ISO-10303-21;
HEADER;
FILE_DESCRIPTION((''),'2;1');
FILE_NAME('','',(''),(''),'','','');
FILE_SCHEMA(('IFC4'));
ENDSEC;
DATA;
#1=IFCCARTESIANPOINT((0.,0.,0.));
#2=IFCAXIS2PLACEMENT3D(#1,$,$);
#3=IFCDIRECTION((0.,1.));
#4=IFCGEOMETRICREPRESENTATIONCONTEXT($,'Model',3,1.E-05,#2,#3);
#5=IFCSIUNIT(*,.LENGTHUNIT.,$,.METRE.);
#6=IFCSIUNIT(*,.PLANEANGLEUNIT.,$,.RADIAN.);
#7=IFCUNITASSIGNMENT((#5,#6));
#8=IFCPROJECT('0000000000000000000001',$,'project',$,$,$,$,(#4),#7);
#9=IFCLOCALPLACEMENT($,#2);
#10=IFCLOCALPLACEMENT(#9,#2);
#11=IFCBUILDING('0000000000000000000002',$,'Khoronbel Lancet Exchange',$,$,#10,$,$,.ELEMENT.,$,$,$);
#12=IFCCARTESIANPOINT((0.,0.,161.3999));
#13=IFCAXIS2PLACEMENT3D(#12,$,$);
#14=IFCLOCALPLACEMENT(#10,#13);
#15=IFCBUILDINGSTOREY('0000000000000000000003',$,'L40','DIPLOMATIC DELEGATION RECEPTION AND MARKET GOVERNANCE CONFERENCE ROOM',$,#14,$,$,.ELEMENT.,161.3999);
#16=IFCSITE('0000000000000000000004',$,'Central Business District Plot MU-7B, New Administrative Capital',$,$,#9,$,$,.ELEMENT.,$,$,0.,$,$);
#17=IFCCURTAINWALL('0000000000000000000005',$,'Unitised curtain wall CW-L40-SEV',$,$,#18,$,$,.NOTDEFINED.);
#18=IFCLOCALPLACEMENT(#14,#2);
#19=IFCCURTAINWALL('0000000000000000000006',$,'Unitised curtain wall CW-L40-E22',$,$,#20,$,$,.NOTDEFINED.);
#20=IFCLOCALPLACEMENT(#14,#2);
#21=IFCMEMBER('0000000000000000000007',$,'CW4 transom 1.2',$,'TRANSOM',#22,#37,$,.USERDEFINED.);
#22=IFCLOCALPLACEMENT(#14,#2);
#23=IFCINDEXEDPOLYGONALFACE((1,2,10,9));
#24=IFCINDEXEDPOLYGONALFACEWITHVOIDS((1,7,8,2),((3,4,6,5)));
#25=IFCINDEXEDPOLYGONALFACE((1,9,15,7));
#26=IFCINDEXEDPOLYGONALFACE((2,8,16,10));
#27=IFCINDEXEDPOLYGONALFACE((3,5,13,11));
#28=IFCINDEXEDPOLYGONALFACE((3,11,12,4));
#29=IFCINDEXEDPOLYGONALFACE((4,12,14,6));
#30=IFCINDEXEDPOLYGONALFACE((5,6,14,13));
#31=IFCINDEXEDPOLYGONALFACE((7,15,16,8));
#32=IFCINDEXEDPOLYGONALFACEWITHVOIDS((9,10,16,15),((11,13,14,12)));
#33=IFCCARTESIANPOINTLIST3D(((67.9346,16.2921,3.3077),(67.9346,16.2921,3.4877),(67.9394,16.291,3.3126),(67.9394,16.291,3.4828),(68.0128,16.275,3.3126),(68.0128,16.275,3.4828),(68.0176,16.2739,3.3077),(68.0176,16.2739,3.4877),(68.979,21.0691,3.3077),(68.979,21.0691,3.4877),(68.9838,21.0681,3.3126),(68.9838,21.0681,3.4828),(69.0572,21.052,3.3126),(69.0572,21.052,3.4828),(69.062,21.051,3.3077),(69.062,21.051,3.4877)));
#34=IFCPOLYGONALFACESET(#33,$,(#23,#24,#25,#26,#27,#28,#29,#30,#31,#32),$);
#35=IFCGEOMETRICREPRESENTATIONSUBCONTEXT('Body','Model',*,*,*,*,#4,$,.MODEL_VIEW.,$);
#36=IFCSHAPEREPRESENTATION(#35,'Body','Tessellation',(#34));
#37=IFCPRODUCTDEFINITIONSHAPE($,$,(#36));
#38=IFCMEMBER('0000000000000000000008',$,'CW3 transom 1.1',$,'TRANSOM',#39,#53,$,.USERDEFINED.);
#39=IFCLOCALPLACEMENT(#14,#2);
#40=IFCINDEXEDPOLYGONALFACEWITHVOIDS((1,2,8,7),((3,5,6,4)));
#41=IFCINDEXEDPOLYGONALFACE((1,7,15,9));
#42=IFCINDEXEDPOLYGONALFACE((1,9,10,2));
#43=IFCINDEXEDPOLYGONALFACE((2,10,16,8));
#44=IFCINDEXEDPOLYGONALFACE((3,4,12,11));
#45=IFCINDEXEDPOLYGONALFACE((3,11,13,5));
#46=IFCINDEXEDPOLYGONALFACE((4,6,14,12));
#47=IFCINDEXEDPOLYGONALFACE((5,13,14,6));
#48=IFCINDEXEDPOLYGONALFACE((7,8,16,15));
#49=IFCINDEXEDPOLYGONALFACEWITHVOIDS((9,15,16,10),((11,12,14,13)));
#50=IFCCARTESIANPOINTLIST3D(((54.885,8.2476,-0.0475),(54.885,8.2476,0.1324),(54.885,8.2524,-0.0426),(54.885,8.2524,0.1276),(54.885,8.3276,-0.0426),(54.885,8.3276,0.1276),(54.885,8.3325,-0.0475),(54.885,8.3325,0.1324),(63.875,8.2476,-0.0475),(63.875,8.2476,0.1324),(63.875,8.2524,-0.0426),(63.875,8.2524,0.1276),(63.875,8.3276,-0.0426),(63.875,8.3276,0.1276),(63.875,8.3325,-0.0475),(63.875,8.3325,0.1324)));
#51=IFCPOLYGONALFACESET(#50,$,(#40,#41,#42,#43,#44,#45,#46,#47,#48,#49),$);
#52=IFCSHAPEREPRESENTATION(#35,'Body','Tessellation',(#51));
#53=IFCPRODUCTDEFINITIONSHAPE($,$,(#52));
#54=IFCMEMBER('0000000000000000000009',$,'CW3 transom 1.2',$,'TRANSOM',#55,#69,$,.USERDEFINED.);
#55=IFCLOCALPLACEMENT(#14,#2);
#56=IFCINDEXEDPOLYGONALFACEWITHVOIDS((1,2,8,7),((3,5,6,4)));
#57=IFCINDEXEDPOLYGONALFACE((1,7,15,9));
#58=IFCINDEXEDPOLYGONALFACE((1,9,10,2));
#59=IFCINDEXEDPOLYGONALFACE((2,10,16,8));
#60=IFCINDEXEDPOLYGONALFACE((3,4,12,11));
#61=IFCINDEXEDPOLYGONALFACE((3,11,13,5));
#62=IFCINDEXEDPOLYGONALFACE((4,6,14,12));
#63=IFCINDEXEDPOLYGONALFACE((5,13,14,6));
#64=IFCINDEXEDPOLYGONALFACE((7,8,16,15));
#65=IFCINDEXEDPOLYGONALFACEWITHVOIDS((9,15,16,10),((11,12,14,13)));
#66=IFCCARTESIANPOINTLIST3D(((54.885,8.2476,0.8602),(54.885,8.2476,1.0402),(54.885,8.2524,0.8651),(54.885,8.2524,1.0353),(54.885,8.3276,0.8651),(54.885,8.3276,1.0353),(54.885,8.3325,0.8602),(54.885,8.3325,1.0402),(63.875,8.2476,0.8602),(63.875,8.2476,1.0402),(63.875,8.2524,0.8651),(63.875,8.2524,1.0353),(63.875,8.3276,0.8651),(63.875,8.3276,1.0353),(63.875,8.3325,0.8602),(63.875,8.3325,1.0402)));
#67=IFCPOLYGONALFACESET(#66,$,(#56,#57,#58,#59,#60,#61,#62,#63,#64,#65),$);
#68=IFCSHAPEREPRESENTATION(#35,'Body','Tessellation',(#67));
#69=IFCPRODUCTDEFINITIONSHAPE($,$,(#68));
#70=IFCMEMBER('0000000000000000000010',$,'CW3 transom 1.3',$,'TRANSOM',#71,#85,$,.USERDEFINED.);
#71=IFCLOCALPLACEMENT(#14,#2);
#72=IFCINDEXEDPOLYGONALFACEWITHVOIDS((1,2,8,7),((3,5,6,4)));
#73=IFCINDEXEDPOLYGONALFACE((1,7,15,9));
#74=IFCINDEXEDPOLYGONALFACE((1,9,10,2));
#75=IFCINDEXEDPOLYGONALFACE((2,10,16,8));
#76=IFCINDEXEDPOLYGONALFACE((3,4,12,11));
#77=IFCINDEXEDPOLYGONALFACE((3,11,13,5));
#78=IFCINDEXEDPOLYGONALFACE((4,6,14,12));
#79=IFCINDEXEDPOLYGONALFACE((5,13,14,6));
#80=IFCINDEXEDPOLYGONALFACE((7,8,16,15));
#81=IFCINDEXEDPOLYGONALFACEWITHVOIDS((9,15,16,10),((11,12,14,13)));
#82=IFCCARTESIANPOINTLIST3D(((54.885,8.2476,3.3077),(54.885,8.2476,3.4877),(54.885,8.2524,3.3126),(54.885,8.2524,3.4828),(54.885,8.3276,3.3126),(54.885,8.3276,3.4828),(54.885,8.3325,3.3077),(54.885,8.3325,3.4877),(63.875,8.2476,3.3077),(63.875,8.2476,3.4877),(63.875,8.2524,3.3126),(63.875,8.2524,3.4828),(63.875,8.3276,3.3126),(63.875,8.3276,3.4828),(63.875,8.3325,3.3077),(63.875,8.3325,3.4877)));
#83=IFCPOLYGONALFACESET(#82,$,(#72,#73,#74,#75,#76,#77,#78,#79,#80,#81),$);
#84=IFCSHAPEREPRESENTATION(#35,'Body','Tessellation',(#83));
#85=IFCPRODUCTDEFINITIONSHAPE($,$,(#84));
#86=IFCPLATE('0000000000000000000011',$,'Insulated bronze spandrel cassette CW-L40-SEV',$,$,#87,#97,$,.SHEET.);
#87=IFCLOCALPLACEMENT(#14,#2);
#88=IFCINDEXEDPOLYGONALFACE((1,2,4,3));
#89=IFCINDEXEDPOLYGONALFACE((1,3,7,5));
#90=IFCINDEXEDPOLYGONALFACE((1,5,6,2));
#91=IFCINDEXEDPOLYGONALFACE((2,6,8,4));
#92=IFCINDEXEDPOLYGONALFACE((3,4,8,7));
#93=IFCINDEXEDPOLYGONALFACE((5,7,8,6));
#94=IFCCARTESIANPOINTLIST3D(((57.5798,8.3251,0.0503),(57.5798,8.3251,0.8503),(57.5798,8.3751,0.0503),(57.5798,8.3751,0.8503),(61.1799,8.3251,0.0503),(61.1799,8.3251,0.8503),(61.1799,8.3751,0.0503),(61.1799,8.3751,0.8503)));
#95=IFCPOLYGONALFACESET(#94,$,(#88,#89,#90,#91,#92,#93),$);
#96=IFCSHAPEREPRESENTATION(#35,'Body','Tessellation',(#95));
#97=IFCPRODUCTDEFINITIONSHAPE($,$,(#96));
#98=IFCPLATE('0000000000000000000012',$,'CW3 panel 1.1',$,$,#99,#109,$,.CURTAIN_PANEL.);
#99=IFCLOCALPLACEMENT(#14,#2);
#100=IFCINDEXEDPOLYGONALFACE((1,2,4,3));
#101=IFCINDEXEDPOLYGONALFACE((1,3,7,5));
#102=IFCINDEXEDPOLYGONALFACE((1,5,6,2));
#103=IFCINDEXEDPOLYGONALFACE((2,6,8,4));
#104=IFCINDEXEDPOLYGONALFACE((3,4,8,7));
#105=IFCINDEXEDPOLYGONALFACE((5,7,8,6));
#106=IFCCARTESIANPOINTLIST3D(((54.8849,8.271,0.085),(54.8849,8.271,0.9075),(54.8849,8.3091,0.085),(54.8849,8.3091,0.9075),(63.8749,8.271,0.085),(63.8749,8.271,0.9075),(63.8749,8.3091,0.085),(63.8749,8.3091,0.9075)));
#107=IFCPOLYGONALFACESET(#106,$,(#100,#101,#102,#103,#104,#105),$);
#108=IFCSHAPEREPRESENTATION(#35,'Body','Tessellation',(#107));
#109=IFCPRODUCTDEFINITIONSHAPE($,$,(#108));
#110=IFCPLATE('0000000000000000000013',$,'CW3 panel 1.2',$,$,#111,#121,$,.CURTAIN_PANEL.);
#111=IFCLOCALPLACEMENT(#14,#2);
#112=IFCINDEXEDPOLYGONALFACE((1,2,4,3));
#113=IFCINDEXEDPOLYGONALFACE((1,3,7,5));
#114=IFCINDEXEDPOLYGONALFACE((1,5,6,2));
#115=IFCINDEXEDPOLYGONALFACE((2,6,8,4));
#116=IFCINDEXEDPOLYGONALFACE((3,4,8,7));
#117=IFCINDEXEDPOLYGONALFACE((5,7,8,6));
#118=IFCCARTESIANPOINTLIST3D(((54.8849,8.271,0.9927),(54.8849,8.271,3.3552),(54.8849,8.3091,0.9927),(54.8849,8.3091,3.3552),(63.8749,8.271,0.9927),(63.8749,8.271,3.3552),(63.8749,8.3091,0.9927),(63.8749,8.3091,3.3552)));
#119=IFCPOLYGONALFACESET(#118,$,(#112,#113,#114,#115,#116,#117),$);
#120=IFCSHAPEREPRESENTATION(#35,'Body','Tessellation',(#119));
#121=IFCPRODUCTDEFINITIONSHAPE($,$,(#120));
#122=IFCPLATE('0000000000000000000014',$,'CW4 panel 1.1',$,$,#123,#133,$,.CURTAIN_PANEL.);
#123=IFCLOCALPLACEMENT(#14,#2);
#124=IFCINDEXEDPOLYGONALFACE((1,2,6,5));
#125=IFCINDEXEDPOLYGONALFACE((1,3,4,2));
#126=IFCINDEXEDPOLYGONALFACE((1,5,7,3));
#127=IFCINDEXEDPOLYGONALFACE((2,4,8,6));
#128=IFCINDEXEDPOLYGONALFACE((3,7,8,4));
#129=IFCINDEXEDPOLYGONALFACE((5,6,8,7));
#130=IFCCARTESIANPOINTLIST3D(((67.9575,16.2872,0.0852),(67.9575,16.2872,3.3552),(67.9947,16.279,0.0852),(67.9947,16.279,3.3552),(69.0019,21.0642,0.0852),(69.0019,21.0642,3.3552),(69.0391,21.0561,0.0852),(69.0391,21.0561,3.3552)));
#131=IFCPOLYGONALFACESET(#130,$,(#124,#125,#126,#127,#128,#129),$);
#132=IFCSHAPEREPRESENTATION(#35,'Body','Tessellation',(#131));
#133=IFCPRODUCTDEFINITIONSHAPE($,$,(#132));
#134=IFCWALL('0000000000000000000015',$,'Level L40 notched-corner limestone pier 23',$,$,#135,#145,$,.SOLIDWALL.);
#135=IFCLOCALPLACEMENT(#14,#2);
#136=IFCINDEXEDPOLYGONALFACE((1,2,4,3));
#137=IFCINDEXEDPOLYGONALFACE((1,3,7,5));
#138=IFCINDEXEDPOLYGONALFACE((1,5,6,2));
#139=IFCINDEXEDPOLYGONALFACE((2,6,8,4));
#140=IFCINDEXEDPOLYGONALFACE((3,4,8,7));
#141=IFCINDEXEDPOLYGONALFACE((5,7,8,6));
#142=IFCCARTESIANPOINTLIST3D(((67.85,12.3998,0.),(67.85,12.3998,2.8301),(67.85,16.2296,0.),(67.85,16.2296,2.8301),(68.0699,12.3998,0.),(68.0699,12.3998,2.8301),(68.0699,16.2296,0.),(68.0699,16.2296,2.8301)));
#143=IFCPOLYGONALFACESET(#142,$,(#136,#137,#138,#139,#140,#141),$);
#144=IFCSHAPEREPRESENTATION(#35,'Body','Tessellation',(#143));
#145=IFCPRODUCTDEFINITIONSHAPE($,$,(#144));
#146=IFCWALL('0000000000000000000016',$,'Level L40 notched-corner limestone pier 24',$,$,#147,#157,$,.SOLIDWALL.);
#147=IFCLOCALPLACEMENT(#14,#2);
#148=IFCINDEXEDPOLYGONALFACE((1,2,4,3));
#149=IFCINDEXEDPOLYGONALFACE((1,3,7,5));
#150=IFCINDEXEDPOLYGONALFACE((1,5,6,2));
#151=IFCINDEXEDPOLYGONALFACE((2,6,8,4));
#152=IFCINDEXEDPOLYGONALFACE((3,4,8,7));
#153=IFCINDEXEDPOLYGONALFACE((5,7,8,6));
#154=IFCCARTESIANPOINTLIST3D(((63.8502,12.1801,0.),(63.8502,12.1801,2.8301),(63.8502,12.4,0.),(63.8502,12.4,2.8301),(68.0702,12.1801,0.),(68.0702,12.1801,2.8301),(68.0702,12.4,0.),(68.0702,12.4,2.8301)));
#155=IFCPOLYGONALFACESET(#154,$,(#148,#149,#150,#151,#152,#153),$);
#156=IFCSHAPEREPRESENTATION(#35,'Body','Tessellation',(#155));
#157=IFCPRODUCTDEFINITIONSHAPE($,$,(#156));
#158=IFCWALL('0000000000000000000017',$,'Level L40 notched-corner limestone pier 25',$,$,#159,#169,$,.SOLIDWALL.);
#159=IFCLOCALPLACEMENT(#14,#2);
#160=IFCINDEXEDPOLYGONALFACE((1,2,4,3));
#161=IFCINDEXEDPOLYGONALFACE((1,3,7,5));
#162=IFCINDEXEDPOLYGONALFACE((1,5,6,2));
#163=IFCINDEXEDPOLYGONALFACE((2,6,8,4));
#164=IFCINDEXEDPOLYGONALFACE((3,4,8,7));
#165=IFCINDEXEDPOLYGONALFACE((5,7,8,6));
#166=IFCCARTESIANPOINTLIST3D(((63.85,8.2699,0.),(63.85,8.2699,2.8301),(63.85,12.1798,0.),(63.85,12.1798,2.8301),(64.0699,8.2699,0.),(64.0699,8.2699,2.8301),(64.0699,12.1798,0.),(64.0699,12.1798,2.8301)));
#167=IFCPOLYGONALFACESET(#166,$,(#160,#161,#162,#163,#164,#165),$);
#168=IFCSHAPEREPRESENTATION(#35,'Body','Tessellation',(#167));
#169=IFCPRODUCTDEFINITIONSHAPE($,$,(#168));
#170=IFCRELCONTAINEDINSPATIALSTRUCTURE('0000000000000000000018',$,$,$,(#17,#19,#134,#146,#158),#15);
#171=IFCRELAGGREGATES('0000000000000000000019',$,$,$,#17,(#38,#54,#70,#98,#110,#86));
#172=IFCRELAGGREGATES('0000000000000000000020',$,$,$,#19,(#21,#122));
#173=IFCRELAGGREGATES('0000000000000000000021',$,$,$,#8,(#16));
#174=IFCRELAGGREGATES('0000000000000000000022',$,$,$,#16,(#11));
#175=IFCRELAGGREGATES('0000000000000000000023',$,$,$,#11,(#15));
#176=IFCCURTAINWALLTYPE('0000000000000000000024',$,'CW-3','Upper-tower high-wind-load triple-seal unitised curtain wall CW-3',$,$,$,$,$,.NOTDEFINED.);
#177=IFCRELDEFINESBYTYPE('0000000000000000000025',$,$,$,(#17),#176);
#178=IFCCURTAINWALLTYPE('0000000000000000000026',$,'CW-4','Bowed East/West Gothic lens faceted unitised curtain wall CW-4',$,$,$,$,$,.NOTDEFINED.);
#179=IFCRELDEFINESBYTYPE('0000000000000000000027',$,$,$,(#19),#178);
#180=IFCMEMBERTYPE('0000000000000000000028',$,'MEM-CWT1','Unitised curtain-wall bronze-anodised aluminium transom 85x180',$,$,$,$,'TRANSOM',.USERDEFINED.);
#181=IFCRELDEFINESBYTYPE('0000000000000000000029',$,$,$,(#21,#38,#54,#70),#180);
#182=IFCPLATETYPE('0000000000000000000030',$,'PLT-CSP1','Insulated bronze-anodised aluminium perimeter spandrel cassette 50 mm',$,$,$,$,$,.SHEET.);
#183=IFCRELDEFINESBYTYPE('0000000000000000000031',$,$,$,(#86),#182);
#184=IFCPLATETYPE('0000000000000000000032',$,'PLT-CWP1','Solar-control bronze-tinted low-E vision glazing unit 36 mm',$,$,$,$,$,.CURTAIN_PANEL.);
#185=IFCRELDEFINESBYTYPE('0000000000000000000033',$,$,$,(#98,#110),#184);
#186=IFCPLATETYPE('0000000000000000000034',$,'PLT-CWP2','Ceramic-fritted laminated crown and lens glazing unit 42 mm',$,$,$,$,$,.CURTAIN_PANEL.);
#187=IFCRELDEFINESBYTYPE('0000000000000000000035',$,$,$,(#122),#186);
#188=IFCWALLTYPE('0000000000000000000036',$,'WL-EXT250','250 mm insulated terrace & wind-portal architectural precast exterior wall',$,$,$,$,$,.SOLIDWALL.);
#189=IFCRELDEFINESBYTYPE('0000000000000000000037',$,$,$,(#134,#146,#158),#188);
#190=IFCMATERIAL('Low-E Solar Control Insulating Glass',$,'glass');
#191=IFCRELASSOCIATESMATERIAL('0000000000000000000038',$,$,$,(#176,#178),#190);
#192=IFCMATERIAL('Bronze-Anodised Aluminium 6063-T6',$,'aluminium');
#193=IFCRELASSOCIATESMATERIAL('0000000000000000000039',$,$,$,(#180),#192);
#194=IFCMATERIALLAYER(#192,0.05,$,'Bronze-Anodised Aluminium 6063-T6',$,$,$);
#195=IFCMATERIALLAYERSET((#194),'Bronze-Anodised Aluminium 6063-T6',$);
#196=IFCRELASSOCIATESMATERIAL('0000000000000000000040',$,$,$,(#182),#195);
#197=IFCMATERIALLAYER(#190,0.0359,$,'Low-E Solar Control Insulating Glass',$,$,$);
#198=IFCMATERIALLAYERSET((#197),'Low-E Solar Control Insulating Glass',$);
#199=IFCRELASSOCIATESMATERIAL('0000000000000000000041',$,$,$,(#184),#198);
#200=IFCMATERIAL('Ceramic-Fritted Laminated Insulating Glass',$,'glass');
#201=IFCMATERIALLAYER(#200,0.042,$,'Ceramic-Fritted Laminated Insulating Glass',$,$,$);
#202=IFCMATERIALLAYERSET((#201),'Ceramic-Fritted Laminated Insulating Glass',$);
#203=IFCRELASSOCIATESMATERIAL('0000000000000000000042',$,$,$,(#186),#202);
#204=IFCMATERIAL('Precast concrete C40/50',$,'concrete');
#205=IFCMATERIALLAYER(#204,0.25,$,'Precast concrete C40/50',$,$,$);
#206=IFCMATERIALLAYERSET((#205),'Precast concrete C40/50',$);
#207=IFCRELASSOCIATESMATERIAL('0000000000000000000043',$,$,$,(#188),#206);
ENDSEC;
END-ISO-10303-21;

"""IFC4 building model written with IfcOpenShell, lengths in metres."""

from ifc_helpers import new_model, si_unit, direction, frame, frame_2d, origin, origin_2d, place, context, subcontext, project, spatial, rectangle, hollow_rectangle, extrude, material, layer, layer_set, material_profile, profile_set, type_object, element, aggregate, save


model = new_model("IFC4")

# Units and contexts
model_context = context("Model", 3, precision=1e-05, world=origin(), true_north=direction((0.0, 1.0)))
body_context = subcontext(model_context, "Body", "Model", "MODEL_VIEW")
ifc_project = project(units=[si_unit("LENGTHUNIT", "METRE"), si_unit("PLANEANGLEUNIT", "RADIAN")], contexts=[model_context])

# Site, building, storey
site_placement = place(None, origin())
site = spatial("IfcSite", under=ifc_project, at=site_placement, Name="Central Business District Plot MU-7B, New Administrative Capital", CompositionType="ELEMENT", RefElevation=0.0)
building_placement = place(site_placement, origin())
building = spatial("IfcBuilding", under=site, at=building_placement, Name="Khoronbel Lancet Exchange", CompositionType="ELEMENT")
storey_placement = place(building_placement, frame((0.0, 0.0, 161.3999)))
storey = spatial("IfcBuildingStorey", under=building, at=storey_placement, Name="L40", Description="DIPLOMATIC DELEGATION RECEPTION AND MARKET GOVERNANCE CONFERENCE ROOM", CompositionType="ELEMENT", Elevation=161.3999)

# Shared definitions
ifc_material_1 = material(Name="Low-E Solar Control Insulating Glass", Category="glass")
curtain_wall_type_1 = type_object("IfcCurtainWallType", Name="CW-3", Description="Upper-tower high-wind-load triple-seal unitised curtain wall CW-3", PredefinedType="NOTDEFINED", material=ifc_material_1)
ifc_material_2 = material(Name="Bronze-Anodised Aluminium 6063-T6", Category="aluminium")

# Curtain walls, member
curtain_wall_1_placement = place(storey_placement, origin())
curtain_wall_1 = element("IfcCurtainWall", 1, at=curtain_wall_1_placement, inside=storey, type_object=curtain_wall_type_1, Name="Unitised curtain wall CW-L40-SEV", PredefinedType="NOTDEFINED")
curtain_wall_type_2 = type_object("IfcCurtainWallType", Name="CW-4", Description="Bowed East/West Gothic lens faceted unitised curtain wall CW-4", PredefinedType="NOTDEFINED", material=ifc_material_1)
curtain_wall_2_placement = place(storey_placement, origin())
curtain_wall_2 = element("IfcCurtainWall", 2, at=curtain_wall_2_placement, inside=storey, type_object=curtain_wall_type_2, Name="Unitised curtain wall CW-L40-E22", PredefinedType="NOTDEFINED")
ifc_material_profile_1 = material_profile(ifc_material_2, hollow_rectangle(XDim=0.085, YDim=0.1799, WallThickness=0.0049, at=origin_2d()), Name="ALU TRANSOM 85x180")
ifc_profile_set_1 = profile_set([ifc_material_profile_1], Name="Bronze-Anodised Aluminium 6063-T6")
member_type_1 = type_object("IfcMemberType", Name="MEM-CWT1", Description="Unitised curtain-wall bronze-anodised aluminium transom 85x180", ElementType="TRANSOM", PredefinedType="USERDEFINED", material=ifc_profile_set_1)
member_1_placement = place(storey_placement, frame((69.0205, 21.0601, 3.3977), z_axis=(-0.213588, -0.976924, 0.0), x_axis=(0.976924, -0.213588, 0.0)))
member_1 = element("IfcMember", 3, at=member_1_placement, type_object=member_type_1, Name="CW4 transom 1.2", ObjectType="TRANSOM", PredefinedType="USERDEFINED", context=body_context, shape_type="SweptSolid", body=[
    extrude(hollow_rectangle(XDim=0.085, YDim=0.1799, WallThickness=0.0049, at=origin_2d()), origin(), (0.0, 0.0, 1.0), 4.8899),
])

# Members
member_2_placement = place(storey_placement, frame((54.885, 8.29, 0.0425), z_axis=(1.0, 0.0, 0.0), x_axis=(0.0, 1.0, 0.0)))
member_2 = element("IfcMember", 4, at=member_2_placement, type_object=member_type_1, Name="CW3 transom 1.1", ObjectType="TRANSOM", PredefinedType="USERDEFINED", context=body_context, shape_type="SweptSolid", body=[
    extrude(hollow_rectangle(XDim=0.085, YDim=0.1799, WallThickness=0.0049, at=origin_2d()), origin(), (0.0, 0.0, 1.0), 8.99),
])
member_3_placement = place(storey_placement, frame((54.885, 8.29, 0.9502), z_axis=(1.0, 0.0, 0.0), x_axis=(0.0, 1.0, 0.0)))
member_3 = element("IfcMember", 5, at=member_3_placement, type_object=member_type_1, Name="CW3 transom 1.2", ObjectType="TRANSOM", PredefinedType="USERDEFINED", context=body_context, shape_type="SweptSolid", body=[
    extrude(hollow_rectangle(XDim=0.085, YDim=0.1799, WallThickness=0.0049, at=origin_2d()), origin(), (0.0, 0.0, 1.0), 8.99),
])
member_4_placement = place(storey_placement, frame((54.885, 8.29, 3.3977), z_axis=(1.0, 0.0, 0.0), x_axis=(0.0, 1.0, 0.0)))
member_4 = element("IfcMember", 6, at=member_4_placement, type_object=member_type_1, Name="CW3 transom 1.3", ObjectType="TRANSOM", PredefinedType="USERDEFINED", context=body_context, shape_type="SweptSolid", body=[
    extrude(hollow_rectangle(XDim=0.085, YDim=0.1799, WallThickness=0.0049, at=origin_2d()), origin(), (0.0, 0.0, 1.0), 8.99),
])

# Plates
ifc_layer_1 = layer(ifc_material_2, 0.05, Name="Bronze-Anodised Aluminium 6063-T6")
ifc_layer_set_1 = layer_set([ifc_layer_1], Name="Bronze-Anodised Aluminium 6063-T6")
plate_type_1 = type_object("IfcPlateType", Name="PLT-CSP1", Description="Insulated bronze-anodised aluminium perimeter spandrel cassette 50 mm", PredefinedType="SHEET", material=ifc_layer_set_1)
plate_1_placement = place(storey_placement, frame((59.3799, 8.3501, 0.0503), z_axis=(0.0, 0.0, 1.0), x_axis=(1.0, 0.0, 0.0)))
plate_1 = element("IfcPlate", 7, at=plate_1_placement, type_object=plate_type_1, Name="Insulated bronze spandrel cassette CW-L40-SEV", PredefinedType="SHEET", context=body_context, shape_type="SweptSolid", body=[
    extrude(rectangle(XDim=3.6001, YDim=0.05, at=origin_2d()), origin(), (0.0, 0.0, 1.0), 0.8),
])
ifc_layer_2 = layer(ifc_material_1, 0.0359, Name="Low-E Solar Control Insulating Glass")
ifc_layer_set_2 = layer_set([ifc_layer_2], Name="Low-E Solar Control Insulating Glass")
plate_type_2 = type_object("IfcPlateType", Name="PLT-CWP1", Description="Solar-control bronze-tinted low-E vision glazing unit 36 mm", PredefinedType="CURTAIN_PANEL", material=ifc_layer_set_2)
plate_2_placement = place(storey_placement, frame((59.3799, 8.29, 0.085), z_axis=(0.0, 0.0, 1.0), x_axis=(1.0, 0.0, 0.0)))
plate_2 = element("IfcPlate", 8, at=plate_2_placement, type_object=plate_type_2, Name="CW3 panel 1.1", PredefinedType="CURTAIN_PANEL", context=body_context, shape_type="SweptSolid", body=[
    extrude(rectangle(XDim=8.99, YDim=0.0381, at=origin_2d()), origin(), (0.0, 0.0, 1.0), 0.8225),
])
plate_3_placement = place(storey_placement, frame((59.3799, 8.29, 0.9927), z_axis=(0.0, 0.0, 1.0), x_axis=(1.0, 0.0, 0.0)))
plate_3 = element("IfcPlate", 9, at=plate_3_placement, type_object=plate_type_2, Name="CW3 panel 1.2", PredefinedType="CURTAIN_PANEL", context=body_context, shape_type="SweptSolid", body=[
    extrude(rectangle(XDim=8.99, YDim=0.0381, at=origin_2d()), origin(), (0.0, 0.0, 1.0), 2.3625),
])
aggregate(curtain_wall_1, [member_2, member_3, member_4, plate_2, plate_3, plate_1])
ifc_material_3 = material(Name="Ceramic-Fritted Laminated Insulating Glass", Category="glass")
ifc_layer_3 = layer(ifc_material_3, 0.042, Name="Ceramic-Fritted Laminated Insulating Glass")
ifc_layer_set_3 = layer_set([ifc_layer_3], Name="Ceramic-Fritted Laminated Insulating Glass")
plate_type_3 = type_object("IfcPlateType", Name="PLT-CWP2", Description="Ceramic-fritted laminated crown and lens glazing unit 42 mm", PredefinedType="CURTAIN_PANEL", material=ifc_layer_set_3)
plate_4_placement = place(storey_placement, frame((68.4983, 18.6716, 0.0852), z_axis=(0.0, 0.0, 1.0), x_axis=(-0.213591, -0.976923, 0.0)))
plate_4 = element("IfcPlate", 10, at=plate_4_placement, type_object=plate_type_3, Name="CW4 panel 1.1", PredefinedType="CURTAIN_PANEL", context=body_context, shape_type="SweptSolid", body=[
    extrude(rectangle(XDim=4.8899, YDim=0.0381, at=origin_2d()), origin(), (0.0, 0.0, 1.0), 3.27),
])
aggregate(curtain_wall_2, [member_1, plate_4])

# Walls
ifc_material_4 = material(Name="Precast concrete C40/50", Category="concrete")
ifc_layer_4 = layer(ifc_material_4, 0.25, Name="Precast concrete C40/50")
ifc_layer_set_4 = layer_set([ifc_layer_4], Name="Precast concrete C40/50")
wall_type_1 = type_object("IfcWallType", Name="WL-EXT250", Description="250 mm insulated terrace & wind-portal architectural precast exterior wall", PredefinedType="SOLIDWALL", material=ifc_layer_set_4)
wall_1_placement = place(storey_placement, frame((67.96, 16.2297, 0.0), z_axis=(0.0, 0.0, 1.0), x_axis=(0.0, -1.0, 0.0)))
element("IfcWall", 11, at=wall_1_placement, inside=storey, type_object=wall_type_1, Name="Level L40 notched-corner limestone pier 23", PredefinedType="SOLIDWALL", context=body_context, shape_type="SweptSolid", body=[
    extrude(rectangle(XDim=3.8298, YDim=0.22, at=frame_2d((1.915, 0.0))), origin(), (0.0, 0.0, 1.0), 2.8301),
])
wall_2_placement = place(storey_placement, frame((68.0701, 12.29, 0.0), z_axis=(0.0, 0.0, 1.0), x_axis=(-1.0, 0.0, 0.0)))
element("IfcWall", 12, at=wall_2_placement, inside=storey, type_object=wall_type_1, Name="Level L40 notched-corner limestone pier 24", PredefinedType="SOLIDWALL", context=body_context, shape_type="SweptSolid", body=[
    extrude(rectangle(XDim=4.22, YDim=0.22, at=frame_2d((2.1099, 0.0))), origin(), (0.0, 0.0, 1.0), 2.8301),
])
wall_3_placement = place(storey_placement, frame((63.96, 12.1799, 0.0), z_axis=(0.0, 0.0, 1.0), x_axis=(0.0, -1.0, 0.0)))
element("IfcWall", 13, at=wall_3_placement, inside=storey, type_object=wall_type_1, Name="Level L40 notched-corner limestone pier 25", PredefinedType="SOLIDWALL", context=body_context, shape_type="SweptSolid", body=[
    extrude(rectangle(XDim=3.9099, YDim=0.22, at=frame_2d((1.9551, 0.0))), origin(), (0.0, 0.0, 1.0), 2.8301),
])

save(model, "model.ifc")
